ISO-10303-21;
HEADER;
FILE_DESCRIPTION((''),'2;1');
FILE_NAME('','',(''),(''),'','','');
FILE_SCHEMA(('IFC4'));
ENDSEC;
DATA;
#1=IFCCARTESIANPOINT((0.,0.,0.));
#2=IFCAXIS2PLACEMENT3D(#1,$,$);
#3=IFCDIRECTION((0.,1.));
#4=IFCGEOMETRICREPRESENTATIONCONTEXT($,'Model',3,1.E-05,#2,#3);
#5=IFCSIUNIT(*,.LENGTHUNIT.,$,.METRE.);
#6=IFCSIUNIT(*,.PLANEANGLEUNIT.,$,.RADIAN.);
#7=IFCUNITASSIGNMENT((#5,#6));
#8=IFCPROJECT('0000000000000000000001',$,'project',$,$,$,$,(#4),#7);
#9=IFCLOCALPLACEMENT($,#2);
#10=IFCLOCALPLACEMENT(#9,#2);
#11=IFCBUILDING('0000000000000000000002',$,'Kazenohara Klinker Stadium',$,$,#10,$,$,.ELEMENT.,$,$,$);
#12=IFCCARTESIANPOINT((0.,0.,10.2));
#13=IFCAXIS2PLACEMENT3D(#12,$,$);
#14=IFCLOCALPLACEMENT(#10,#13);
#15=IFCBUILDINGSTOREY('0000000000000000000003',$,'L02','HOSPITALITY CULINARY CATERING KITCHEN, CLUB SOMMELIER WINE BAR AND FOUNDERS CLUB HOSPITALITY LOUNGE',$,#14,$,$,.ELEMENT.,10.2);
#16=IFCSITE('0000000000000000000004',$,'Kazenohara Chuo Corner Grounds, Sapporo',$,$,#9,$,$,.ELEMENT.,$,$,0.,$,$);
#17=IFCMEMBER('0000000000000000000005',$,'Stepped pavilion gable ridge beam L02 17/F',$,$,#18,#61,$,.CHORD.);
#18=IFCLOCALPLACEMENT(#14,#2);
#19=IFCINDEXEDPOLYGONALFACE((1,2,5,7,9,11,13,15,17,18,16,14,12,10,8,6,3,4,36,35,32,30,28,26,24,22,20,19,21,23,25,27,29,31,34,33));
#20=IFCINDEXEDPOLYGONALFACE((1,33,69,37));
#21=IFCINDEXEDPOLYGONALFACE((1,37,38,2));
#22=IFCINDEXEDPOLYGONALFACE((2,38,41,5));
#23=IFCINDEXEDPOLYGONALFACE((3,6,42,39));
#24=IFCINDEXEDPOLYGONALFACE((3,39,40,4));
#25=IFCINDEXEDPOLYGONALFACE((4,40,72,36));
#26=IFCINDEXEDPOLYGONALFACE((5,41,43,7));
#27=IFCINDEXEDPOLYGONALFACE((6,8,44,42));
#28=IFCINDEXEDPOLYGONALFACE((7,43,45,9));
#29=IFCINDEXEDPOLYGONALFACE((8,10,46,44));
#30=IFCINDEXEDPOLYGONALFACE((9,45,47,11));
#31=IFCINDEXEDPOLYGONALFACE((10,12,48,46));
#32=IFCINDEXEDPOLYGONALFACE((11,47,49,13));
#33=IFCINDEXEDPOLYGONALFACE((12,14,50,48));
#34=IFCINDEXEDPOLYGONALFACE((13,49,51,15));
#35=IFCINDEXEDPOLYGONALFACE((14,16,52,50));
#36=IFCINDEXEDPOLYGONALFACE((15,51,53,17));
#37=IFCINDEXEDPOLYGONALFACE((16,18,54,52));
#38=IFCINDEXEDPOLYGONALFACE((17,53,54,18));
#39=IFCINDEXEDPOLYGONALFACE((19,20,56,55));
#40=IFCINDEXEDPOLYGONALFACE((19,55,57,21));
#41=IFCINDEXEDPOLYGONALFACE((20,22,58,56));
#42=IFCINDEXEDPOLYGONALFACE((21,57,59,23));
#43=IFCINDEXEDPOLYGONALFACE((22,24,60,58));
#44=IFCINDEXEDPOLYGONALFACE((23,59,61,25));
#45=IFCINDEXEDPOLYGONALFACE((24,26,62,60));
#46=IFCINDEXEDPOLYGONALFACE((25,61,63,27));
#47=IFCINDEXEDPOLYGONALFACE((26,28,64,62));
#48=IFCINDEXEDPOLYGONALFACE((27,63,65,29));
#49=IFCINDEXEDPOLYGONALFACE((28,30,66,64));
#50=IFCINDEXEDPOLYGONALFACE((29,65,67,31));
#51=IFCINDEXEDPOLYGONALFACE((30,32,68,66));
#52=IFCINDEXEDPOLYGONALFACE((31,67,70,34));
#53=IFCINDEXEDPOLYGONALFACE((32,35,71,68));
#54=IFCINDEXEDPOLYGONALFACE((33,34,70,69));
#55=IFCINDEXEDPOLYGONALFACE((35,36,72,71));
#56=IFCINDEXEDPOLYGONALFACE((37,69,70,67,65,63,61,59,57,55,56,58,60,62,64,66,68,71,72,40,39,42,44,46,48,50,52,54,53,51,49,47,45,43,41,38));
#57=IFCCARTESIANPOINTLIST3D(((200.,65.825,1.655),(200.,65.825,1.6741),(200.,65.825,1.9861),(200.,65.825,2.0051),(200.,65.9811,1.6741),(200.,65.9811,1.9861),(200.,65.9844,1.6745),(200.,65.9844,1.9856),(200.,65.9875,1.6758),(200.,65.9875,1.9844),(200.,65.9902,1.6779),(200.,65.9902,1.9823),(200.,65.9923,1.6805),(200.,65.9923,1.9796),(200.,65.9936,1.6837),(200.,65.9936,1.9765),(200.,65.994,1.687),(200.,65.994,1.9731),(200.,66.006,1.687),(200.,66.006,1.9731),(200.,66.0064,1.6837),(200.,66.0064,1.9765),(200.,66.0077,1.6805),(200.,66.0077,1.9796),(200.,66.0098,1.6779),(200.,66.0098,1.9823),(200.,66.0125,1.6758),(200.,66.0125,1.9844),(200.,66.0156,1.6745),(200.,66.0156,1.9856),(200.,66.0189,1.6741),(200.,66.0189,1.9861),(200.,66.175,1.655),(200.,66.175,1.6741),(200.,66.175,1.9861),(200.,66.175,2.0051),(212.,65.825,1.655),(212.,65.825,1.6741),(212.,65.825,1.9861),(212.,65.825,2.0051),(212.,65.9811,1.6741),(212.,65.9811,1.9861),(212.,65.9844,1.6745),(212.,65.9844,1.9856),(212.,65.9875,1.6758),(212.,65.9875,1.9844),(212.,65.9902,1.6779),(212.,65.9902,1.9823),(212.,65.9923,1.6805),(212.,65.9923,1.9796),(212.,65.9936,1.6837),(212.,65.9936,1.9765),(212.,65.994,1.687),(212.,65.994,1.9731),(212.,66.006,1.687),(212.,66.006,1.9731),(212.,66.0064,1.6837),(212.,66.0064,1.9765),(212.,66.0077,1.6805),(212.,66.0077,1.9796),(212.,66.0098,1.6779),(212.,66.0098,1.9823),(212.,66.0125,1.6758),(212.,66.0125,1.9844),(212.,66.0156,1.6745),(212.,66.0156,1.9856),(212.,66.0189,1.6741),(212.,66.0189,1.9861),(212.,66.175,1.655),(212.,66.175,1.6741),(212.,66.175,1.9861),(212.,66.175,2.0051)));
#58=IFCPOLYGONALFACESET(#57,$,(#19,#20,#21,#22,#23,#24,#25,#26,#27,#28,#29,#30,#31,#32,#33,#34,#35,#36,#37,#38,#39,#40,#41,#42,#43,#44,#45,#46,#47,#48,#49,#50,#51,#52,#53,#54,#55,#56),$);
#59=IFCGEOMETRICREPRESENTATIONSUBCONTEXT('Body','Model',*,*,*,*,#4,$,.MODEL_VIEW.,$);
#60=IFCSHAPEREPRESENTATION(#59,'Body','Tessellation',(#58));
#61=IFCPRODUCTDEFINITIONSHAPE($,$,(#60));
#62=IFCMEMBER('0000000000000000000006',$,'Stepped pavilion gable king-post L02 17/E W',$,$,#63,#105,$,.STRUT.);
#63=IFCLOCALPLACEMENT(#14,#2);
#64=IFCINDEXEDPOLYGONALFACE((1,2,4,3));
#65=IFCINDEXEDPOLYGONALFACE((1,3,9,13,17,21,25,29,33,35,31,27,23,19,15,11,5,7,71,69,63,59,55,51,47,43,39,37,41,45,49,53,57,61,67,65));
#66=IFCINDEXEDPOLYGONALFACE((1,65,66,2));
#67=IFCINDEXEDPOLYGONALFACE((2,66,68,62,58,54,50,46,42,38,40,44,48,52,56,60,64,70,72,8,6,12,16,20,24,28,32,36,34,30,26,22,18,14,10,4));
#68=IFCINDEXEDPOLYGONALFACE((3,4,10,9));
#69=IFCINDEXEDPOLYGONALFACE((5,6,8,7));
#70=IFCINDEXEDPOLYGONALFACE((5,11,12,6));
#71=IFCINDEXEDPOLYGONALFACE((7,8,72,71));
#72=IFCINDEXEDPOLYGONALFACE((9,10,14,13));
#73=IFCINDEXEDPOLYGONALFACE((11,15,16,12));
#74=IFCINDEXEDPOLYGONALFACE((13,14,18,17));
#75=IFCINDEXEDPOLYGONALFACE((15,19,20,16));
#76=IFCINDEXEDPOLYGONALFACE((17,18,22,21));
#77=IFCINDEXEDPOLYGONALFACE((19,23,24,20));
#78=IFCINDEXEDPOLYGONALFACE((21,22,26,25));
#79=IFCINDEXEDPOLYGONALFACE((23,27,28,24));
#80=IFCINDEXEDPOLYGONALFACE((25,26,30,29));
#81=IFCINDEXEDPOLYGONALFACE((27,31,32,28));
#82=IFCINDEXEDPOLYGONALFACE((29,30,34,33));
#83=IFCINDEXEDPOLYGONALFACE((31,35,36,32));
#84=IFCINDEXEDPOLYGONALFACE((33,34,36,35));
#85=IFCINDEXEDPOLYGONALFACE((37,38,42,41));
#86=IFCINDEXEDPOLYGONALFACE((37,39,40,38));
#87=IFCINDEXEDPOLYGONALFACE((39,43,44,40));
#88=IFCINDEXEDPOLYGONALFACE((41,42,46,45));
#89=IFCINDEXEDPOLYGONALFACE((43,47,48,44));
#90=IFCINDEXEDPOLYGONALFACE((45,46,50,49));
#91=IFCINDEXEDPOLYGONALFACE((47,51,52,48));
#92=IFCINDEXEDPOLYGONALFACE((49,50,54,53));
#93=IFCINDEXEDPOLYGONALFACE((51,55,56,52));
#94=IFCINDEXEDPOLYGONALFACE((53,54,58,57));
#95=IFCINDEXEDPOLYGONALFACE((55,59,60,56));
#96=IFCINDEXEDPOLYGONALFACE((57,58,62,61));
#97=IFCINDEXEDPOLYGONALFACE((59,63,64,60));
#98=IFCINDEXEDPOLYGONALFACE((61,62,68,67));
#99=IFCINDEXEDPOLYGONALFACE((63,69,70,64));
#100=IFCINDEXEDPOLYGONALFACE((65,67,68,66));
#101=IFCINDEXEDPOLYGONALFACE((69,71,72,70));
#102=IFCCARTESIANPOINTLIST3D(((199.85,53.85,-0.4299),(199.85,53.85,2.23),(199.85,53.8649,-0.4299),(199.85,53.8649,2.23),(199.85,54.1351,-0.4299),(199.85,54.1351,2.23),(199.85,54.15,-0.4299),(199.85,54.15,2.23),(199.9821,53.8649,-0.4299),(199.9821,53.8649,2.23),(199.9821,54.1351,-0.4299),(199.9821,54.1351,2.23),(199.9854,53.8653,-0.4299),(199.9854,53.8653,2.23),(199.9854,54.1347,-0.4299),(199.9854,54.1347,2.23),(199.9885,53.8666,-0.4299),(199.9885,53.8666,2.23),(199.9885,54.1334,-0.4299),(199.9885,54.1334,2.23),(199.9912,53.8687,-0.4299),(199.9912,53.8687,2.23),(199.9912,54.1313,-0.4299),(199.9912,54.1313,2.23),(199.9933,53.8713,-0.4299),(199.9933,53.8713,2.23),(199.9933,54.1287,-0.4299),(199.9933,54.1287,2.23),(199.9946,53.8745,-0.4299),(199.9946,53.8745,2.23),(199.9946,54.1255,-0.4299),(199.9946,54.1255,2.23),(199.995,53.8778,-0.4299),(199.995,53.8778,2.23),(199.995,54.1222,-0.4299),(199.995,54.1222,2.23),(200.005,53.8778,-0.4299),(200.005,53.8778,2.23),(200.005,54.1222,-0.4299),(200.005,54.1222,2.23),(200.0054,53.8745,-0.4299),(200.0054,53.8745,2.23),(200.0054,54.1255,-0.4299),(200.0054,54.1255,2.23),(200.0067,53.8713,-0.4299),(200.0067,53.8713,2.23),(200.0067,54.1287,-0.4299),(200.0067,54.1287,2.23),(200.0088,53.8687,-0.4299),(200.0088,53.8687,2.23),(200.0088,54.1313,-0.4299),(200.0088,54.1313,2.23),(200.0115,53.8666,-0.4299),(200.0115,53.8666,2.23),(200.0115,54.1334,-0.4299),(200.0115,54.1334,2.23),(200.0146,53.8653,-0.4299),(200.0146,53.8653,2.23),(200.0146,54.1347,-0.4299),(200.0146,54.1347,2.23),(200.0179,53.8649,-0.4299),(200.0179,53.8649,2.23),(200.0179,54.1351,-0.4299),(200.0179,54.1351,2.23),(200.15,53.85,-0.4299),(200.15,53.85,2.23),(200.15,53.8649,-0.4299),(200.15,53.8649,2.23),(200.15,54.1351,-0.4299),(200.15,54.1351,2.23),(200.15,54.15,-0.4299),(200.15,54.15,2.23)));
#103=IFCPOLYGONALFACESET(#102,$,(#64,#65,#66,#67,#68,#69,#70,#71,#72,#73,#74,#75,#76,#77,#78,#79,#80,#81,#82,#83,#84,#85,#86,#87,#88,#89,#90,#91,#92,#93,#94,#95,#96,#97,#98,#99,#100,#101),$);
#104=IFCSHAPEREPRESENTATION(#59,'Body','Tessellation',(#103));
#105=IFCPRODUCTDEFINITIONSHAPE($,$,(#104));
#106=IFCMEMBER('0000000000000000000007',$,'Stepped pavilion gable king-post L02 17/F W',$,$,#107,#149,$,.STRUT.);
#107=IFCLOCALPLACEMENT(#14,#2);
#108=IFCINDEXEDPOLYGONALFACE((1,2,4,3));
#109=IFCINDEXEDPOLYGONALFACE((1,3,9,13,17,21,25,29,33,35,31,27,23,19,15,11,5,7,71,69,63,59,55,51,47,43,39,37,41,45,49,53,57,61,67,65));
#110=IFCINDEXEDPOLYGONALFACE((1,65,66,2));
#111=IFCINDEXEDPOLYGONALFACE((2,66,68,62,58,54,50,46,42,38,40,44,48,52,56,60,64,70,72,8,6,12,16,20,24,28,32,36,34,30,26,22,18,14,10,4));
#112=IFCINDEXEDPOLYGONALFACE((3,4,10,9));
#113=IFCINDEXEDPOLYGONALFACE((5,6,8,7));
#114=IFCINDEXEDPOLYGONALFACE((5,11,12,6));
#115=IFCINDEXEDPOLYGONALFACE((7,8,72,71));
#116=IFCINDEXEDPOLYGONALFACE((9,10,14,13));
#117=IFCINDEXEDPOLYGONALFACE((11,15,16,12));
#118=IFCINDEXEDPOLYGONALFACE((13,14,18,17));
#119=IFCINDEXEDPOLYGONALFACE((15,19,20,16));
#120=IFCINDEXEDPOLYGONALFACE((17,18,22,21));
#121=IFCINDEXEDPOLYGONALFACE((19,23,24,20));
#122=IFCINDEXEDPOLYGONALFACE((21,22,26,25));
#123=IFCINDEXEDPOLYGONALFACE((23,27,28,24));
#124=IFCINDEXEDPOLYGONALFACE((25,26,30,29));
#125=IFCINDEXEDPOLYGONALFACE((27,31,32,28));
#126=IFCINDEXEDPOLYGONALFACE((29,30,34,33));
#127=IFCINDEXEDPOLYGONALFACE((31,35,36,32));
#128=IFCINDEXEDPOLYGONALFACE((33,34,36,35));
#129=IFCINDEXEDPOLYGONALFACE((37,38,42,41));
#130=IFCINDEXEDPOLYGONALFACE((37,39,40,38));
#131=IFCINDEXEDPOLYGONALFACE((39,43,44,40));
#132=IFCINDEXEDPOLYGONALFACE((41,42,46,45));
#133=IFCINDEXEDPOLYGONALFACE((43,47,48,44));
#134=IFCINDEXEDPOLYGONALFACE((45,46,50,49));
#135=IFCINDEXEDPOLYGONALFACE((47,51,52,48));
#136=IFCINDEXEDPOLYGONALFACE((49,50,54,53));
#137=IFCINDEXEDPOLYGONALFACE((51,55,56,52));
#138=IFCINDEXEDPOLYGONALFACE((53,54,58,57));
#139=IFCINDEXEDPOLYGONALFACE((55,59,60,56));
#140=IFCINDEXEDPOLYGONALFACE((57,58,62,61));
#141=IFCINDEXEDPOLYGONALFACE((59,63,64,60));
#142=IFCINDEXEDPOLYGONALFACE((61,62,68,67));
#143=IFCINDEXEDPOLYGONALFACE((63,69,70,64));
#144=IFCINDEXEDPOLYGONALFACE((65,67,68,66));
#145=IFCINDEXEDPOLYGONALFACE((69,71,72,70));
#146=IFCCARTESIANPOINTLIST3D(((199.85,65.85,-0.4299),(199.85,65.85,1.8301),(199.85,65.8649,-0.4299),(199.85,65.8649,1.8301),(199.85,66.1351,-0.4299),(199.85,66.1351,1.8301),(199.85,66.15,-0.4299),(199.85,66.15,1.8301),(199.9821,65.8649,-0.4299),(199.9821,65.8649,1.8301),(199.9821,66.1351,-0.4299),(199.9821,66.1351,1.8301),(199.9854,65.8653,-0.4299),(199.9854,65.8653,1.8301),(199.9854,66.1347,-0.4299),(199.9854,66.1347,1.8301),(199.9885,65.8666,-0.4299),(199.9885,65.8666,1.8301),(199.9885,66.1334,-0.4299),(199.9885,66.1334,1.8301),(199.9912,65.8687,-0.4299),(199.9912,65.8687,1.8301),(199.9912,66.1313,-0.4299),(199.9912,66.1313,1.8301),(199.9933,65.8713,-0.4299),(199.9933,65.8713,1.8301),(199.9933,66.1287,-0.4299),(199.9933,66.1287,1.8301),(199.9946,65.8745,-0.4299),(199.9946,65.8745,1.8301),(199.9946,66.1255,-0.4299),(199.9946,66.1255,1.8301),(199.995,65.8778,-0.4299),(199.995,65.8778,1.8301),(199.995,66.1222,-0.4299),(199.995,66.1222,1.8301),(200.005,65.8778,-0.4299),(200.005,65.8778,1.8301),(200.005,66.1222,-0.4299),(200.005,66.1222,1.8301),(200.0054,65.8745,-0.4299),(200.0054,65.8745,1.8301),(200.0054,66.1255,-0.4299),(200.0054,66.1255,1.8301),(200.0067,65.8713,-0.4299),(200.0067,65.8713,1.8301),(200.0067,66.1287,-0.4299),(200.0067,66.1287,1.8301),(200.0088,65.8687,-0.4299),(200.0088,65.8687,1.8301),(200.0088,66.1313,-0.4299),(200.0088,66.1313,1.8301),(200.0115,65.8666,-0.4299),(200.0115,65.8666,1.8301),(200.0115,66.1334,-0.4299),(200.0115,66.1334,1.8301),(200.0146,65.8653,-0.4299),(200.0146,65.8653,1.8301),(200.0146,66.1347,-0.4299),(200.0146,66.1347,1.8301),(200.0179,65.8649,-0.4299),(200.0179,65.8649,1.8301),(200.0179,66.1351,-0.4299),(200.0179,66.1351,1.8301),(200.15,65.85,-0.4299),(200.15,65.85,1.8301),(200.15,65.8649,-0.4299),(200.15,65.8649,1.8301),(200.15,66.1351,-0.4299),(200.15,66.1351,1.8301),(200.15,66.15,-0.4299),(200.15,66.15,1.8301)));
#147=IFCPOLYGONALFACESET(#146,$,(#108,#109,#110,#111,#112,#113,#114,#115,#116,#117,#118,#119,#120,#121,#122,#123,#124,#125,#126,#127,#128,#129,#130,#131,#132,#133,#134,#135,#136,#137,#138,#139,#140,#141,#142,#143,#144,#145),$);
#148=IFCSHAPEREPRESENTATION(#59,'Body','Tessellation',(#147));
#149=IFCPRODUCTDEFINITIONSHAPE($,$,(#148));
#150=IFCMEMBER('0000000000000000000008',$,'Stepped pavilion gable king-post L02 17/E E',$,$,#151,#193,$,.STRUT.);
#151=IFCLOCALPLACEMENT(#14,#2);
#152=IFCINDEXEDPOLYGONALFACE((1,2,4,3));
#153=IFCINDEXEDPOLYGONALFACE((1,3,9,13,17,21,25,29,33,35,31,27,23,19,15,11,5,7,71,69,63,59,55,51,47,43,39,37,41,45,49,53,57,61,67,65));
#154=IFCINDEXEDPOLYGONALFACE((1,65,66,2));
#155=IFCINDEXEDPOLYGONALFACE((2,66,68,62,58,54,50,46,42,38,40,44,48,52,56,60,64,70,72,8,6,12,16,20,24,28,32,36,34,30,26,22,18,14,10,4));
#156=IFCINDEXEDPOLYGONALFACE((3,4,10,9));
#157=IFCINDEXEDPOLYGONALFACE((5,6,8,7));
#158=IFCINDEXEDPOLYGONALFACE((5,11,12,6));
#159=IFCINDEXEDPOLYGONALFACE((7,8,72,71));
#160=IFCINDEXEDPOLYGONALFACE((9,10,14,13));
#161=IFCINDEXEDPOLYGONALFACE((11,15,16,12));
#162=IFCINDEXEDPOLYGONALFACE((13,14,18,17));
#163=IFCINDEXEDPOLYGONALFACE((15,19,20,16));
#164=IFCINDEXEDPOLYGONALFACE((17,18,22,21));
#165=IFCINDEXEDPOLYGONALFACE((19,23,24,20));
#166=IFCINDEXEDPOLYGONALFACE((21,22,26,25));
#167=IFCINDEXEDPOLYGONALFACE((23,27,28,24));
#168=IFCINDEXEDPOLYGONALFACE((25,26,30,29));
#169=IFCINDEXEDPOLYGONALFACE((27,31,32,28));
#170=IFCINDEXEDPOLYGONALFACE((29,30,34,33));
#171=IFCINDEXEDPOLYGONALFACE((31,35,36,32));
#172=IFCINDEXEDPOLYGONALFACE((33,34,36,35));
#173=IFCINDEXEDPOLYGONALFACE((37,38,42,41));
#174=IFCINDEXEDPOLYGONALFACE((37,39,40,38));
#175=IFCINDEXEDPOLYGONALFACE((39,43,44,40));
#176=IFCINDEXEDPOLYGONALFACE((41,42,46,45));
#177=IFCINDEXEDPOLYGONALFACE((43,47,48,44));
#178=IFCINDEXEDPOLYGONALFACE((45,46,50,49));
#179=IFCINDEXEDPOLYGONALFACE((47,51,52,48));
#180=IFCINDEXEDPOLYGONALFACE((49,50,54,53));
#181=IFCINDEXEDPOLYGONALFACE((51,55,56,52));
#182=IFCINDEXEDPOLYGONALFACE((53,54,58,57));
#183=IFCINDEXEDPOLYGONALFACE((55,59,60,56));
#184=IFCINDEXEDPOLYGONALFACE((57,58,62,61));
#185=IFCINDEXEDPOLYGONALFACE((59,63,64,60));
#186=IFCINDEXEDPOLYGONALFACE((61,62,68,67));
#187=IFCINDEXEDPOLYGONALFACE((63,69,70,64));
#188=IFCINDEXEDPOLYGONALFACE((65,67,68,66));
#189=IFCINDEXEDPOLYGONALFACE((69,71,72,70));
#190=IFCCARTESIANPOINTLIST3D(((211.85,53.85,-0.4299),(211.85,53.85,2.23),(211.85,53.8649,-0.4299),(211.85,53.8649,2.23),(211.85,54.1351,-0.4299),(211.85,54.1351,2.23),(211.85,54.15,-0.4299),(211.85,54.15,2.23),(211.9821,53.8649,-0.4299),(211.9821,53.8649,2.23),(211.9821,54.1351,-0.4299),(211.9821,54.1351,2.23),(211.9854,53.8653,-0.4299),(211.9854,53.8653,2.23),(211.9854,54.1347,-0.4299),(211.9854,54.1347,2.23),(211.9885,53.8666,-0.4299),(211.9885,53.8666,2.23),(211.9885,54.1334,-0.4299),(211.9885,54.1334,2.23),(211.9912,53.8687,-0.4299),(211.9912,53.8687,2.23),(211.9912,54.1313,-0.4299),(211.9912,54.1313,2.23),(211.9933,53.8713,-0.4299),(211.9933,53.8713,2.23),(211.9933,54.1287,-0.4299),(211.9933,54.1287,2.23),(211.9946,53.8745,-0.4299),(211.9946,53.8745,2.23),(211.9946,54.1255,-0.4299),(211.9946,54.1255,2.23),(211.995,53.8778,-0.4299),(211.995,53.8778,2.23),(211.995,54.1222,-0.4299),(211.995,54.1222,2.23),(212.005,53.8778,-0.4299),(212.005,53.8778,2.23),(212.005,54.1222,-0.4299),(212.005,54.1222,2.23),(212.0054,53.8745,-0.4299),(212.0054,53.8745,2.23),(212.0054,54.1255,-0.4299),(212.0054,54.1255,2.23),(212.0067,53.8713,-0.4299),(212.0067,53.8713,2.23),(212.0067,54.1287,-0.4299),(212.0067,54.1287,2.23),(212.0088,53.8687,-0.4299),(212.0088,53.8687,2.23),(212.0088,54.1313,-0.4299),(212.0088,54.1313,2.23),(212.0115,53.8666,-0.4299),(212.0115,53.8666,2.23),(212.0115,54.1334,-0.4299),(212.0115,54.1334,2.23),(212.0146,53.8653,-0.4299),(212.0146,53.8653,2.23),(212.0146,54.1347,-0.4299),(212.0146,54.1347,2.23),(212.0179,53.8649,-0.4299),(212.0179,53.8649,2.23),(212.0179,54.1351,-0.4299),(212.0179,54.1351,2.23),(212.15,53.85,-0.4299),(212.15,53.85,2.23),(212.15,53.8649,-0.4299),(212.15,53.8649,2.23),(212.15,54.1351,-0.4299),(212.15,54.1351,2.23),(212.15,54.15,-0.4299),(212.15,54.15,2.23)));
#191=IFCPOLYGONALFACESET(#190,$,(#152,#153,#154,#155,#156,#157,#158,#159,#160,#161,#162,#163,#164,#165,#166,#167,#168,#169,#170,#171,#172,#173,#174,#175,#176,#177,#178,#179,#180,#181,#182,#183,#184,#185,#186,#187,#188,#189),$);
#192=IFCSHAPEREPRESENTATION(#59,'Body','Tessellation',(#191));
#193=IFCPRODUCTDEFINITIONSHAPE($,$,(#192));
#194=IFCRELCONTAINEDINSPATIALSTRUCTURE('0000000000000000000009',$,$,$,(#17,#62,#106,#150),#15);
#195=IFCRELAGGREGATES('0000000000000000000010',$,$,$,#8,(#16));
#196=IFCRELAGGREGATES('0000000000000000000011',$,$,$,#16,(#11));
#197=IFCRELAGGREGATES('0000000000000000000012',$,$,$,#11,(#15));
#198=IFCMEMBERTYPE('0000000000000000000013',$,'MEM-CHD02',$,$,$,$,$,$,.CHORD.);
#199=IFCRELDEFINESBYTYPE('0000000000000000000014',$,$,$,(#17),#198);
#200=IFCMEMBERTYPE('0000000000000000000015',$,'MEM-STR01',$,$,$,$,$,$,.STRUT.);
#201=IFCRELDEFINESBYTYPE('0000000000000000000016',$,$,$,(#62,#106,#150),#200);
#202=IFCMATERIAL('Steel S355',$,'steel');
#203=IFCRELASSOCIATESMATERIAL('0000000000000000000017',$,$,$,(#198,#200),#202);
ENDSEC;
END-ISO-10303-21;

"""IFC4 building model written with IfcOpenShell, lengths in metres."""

from ifc_helpers import new_model, si_unit, direction, frame, origin, origin_2d, place, context, subcontext, project, spatial, i_section, extrude, material, material_profile, profile_set, type_object, element, save


model = new_model("IFC4")

# Units and contexts
model_context = context("Model", 3, precision=1e-05, world=origin(), true_north=direction((0.0, 1.0)))
body_context = subcontext(model_context, "Body", "Model", "MODEL_VIEW")
ifc_project = project(units=[si_unit("LENGTHUNIT", "METRE"), si_unit("PLANEANGLEUNIT", "RADIAN")], contexts=[model_context])

# Site, building, storey
site_placement = place(None, origin())
site = spatial("IfcSite", under=ifc_project, at=site_placement, Name="Kazenohara Chuo Corner Grounds, Sapporo", CompositionType="ELEMENT", RefElevation=0.0)
building_placement = place(site_placement, origin())
building = spatial("IfcBuilding", under=site, at=building_placement, Name="Kazenohara Klinker Stadium", CompositionType="ELEMENT")
storey_placement = place(building_placement, frame((0.0, 0.0, 10.2)))
storey = spatial("IfcBuildingStorey", under=building, at=storey_placement, Name="L02", Description="HOSPITALITY CULINARY CATERING KITCHEN, CLUB SOMMELIER WINE BAR AND FOUNDERS CLUB HOSPITALITY LOUNGE", CompositionType="ELEMENT", Elevation=10.2)

# Shared definitions
ifc_material_1 = material(Name="Steel S355", Category="steel")

# Members
ifc_material_profile_1 = material_profile(ifc_material_1, i_section(OverallWidth=0.3501, OverallDepth=0.3501, WebThickness=0.012, FlangeThickness=0.019, FilletRadius=0.0129, at=origin_2d()), Name="H-350x350x12x19")
ifc_profile_set_1 = profile_set([ifc_material_profile_1], Name="Steel S355")
member_type_1 = type_object("IfcMemberType", Name="MEM-CHD02", PredefinedType="CHORD", material=ifc_profile_set_1)
for number, where, z_axis, x_axis, name in (
    (1, (200.0, 66.0, 1.8301), (1.0, 0.0, 0.0), (0.0, 1.0, 0.0), "Stepped pavilion gable ridge beam L02 17/F"),
):
    element("IfcMember", number, at=place(storey_placement, frame(where, z_axis=z_axis, x_axis=x_axis)), inside=storey, type_object=member_type_1, Name=name, PredefinedType="CHORD", context=body_context, shape_type="SweptSolid", body=[
        extrude(i_section(OverallWidth=0.3501, OverallDepth=0.3501, WebThickness=0.012, FlangeThickness=0.019, FilletRadius=0.0129, at=origin_2d()), origin(), (0.0, 0.0, 1.0), 12.0),
    ])
ifc_material_profile_2 = material_profile(ifc_material_1, i_section(OverallWidth=0.3, OverallDepth=0.3, WebThickness=0.01, FlangeThickness=0.0149, FilletRadius=0.0129, at=origin_2d()), Name="H-300x300x10x15")
ifc_profile_set_2 = profile_set([ifc_material_profile_2], Name="Steel S355")
member_type_2 = type_object("IfcMemberType", Name="MEM-STR01", PredefinedType="STRUT", material=ifc_profile_set_2)
member_1_placement = place(storey_placement, frame((200.0, 54.0, -0.4299), z_axis=(0.0, 0.0, 1.0), x_axis=(1.0, 0.0, 0.0)))
element("IfcMember", 2, at=member_1_placement, inside=storey, type_object=member_type_2, Name="Stepped pavilion gable king-post L02 17/E W", PredefinedType="STRUT", context=body_context, shape_type="SweptSolid", body=[
    extrude(i_section(OverallWidth=0.3, OverallDepth=0.3, WebThickness=0.01, FlangeThickness=0.0149, FilletRadius=0.0129, at=origin_2d()), origin(), (0.0, 0.0, 1.0), 2.6599),
])
member_2_placement = place(storey_placement, frame((200.0, 66.0, -0.4299), z_axis=(0.0, 0.0, 1.0), x_axis=(1.0, 0.0, 0.0)))
element("IfcMember", 3, at=member_2_placement, inside=storey, type_object=member_type_2, Name="Stepped pavilion gable king-post L02 17/F W", PredefinedType="STRUT", context=body_context, shape_type="SweptSolid", body=[
    extrude(i_section(OverallWidth=0.3, OverallDepth=0.3, WebThickness=0.01, FlangeThickness=0.0149, FilletRadius=0.0129, at=origin_2d()), origin(), (0.0, 0.0, 1.0), 2.26),
])
member_3_placement = place(storey_placement, frame((212.0, 54.0, -0.4299), z_axis=(0.0, 0.0, 1.0), x_axis=(1.0, 0.0, 0.0)))
element("IfcMember", 4, at=member_3_placement, inside=storey, type_object=member_type_2, Name="Stepped pavilion gable king-post L02 17/E E", PredefinedType="STRUT", context=body_context, shape_type="SweptSolid", body=[
    extrude(i_section(OverallWidth=0.3, OverallDepth=0.3, WebThickness=0.01, FlangeThickness=0.0149, FilletRadius=0.0129, at=origin_2d()), origin(), (0.0, 0.0, 1.0), 2.6599),
])

save(model, "model.ifc")
